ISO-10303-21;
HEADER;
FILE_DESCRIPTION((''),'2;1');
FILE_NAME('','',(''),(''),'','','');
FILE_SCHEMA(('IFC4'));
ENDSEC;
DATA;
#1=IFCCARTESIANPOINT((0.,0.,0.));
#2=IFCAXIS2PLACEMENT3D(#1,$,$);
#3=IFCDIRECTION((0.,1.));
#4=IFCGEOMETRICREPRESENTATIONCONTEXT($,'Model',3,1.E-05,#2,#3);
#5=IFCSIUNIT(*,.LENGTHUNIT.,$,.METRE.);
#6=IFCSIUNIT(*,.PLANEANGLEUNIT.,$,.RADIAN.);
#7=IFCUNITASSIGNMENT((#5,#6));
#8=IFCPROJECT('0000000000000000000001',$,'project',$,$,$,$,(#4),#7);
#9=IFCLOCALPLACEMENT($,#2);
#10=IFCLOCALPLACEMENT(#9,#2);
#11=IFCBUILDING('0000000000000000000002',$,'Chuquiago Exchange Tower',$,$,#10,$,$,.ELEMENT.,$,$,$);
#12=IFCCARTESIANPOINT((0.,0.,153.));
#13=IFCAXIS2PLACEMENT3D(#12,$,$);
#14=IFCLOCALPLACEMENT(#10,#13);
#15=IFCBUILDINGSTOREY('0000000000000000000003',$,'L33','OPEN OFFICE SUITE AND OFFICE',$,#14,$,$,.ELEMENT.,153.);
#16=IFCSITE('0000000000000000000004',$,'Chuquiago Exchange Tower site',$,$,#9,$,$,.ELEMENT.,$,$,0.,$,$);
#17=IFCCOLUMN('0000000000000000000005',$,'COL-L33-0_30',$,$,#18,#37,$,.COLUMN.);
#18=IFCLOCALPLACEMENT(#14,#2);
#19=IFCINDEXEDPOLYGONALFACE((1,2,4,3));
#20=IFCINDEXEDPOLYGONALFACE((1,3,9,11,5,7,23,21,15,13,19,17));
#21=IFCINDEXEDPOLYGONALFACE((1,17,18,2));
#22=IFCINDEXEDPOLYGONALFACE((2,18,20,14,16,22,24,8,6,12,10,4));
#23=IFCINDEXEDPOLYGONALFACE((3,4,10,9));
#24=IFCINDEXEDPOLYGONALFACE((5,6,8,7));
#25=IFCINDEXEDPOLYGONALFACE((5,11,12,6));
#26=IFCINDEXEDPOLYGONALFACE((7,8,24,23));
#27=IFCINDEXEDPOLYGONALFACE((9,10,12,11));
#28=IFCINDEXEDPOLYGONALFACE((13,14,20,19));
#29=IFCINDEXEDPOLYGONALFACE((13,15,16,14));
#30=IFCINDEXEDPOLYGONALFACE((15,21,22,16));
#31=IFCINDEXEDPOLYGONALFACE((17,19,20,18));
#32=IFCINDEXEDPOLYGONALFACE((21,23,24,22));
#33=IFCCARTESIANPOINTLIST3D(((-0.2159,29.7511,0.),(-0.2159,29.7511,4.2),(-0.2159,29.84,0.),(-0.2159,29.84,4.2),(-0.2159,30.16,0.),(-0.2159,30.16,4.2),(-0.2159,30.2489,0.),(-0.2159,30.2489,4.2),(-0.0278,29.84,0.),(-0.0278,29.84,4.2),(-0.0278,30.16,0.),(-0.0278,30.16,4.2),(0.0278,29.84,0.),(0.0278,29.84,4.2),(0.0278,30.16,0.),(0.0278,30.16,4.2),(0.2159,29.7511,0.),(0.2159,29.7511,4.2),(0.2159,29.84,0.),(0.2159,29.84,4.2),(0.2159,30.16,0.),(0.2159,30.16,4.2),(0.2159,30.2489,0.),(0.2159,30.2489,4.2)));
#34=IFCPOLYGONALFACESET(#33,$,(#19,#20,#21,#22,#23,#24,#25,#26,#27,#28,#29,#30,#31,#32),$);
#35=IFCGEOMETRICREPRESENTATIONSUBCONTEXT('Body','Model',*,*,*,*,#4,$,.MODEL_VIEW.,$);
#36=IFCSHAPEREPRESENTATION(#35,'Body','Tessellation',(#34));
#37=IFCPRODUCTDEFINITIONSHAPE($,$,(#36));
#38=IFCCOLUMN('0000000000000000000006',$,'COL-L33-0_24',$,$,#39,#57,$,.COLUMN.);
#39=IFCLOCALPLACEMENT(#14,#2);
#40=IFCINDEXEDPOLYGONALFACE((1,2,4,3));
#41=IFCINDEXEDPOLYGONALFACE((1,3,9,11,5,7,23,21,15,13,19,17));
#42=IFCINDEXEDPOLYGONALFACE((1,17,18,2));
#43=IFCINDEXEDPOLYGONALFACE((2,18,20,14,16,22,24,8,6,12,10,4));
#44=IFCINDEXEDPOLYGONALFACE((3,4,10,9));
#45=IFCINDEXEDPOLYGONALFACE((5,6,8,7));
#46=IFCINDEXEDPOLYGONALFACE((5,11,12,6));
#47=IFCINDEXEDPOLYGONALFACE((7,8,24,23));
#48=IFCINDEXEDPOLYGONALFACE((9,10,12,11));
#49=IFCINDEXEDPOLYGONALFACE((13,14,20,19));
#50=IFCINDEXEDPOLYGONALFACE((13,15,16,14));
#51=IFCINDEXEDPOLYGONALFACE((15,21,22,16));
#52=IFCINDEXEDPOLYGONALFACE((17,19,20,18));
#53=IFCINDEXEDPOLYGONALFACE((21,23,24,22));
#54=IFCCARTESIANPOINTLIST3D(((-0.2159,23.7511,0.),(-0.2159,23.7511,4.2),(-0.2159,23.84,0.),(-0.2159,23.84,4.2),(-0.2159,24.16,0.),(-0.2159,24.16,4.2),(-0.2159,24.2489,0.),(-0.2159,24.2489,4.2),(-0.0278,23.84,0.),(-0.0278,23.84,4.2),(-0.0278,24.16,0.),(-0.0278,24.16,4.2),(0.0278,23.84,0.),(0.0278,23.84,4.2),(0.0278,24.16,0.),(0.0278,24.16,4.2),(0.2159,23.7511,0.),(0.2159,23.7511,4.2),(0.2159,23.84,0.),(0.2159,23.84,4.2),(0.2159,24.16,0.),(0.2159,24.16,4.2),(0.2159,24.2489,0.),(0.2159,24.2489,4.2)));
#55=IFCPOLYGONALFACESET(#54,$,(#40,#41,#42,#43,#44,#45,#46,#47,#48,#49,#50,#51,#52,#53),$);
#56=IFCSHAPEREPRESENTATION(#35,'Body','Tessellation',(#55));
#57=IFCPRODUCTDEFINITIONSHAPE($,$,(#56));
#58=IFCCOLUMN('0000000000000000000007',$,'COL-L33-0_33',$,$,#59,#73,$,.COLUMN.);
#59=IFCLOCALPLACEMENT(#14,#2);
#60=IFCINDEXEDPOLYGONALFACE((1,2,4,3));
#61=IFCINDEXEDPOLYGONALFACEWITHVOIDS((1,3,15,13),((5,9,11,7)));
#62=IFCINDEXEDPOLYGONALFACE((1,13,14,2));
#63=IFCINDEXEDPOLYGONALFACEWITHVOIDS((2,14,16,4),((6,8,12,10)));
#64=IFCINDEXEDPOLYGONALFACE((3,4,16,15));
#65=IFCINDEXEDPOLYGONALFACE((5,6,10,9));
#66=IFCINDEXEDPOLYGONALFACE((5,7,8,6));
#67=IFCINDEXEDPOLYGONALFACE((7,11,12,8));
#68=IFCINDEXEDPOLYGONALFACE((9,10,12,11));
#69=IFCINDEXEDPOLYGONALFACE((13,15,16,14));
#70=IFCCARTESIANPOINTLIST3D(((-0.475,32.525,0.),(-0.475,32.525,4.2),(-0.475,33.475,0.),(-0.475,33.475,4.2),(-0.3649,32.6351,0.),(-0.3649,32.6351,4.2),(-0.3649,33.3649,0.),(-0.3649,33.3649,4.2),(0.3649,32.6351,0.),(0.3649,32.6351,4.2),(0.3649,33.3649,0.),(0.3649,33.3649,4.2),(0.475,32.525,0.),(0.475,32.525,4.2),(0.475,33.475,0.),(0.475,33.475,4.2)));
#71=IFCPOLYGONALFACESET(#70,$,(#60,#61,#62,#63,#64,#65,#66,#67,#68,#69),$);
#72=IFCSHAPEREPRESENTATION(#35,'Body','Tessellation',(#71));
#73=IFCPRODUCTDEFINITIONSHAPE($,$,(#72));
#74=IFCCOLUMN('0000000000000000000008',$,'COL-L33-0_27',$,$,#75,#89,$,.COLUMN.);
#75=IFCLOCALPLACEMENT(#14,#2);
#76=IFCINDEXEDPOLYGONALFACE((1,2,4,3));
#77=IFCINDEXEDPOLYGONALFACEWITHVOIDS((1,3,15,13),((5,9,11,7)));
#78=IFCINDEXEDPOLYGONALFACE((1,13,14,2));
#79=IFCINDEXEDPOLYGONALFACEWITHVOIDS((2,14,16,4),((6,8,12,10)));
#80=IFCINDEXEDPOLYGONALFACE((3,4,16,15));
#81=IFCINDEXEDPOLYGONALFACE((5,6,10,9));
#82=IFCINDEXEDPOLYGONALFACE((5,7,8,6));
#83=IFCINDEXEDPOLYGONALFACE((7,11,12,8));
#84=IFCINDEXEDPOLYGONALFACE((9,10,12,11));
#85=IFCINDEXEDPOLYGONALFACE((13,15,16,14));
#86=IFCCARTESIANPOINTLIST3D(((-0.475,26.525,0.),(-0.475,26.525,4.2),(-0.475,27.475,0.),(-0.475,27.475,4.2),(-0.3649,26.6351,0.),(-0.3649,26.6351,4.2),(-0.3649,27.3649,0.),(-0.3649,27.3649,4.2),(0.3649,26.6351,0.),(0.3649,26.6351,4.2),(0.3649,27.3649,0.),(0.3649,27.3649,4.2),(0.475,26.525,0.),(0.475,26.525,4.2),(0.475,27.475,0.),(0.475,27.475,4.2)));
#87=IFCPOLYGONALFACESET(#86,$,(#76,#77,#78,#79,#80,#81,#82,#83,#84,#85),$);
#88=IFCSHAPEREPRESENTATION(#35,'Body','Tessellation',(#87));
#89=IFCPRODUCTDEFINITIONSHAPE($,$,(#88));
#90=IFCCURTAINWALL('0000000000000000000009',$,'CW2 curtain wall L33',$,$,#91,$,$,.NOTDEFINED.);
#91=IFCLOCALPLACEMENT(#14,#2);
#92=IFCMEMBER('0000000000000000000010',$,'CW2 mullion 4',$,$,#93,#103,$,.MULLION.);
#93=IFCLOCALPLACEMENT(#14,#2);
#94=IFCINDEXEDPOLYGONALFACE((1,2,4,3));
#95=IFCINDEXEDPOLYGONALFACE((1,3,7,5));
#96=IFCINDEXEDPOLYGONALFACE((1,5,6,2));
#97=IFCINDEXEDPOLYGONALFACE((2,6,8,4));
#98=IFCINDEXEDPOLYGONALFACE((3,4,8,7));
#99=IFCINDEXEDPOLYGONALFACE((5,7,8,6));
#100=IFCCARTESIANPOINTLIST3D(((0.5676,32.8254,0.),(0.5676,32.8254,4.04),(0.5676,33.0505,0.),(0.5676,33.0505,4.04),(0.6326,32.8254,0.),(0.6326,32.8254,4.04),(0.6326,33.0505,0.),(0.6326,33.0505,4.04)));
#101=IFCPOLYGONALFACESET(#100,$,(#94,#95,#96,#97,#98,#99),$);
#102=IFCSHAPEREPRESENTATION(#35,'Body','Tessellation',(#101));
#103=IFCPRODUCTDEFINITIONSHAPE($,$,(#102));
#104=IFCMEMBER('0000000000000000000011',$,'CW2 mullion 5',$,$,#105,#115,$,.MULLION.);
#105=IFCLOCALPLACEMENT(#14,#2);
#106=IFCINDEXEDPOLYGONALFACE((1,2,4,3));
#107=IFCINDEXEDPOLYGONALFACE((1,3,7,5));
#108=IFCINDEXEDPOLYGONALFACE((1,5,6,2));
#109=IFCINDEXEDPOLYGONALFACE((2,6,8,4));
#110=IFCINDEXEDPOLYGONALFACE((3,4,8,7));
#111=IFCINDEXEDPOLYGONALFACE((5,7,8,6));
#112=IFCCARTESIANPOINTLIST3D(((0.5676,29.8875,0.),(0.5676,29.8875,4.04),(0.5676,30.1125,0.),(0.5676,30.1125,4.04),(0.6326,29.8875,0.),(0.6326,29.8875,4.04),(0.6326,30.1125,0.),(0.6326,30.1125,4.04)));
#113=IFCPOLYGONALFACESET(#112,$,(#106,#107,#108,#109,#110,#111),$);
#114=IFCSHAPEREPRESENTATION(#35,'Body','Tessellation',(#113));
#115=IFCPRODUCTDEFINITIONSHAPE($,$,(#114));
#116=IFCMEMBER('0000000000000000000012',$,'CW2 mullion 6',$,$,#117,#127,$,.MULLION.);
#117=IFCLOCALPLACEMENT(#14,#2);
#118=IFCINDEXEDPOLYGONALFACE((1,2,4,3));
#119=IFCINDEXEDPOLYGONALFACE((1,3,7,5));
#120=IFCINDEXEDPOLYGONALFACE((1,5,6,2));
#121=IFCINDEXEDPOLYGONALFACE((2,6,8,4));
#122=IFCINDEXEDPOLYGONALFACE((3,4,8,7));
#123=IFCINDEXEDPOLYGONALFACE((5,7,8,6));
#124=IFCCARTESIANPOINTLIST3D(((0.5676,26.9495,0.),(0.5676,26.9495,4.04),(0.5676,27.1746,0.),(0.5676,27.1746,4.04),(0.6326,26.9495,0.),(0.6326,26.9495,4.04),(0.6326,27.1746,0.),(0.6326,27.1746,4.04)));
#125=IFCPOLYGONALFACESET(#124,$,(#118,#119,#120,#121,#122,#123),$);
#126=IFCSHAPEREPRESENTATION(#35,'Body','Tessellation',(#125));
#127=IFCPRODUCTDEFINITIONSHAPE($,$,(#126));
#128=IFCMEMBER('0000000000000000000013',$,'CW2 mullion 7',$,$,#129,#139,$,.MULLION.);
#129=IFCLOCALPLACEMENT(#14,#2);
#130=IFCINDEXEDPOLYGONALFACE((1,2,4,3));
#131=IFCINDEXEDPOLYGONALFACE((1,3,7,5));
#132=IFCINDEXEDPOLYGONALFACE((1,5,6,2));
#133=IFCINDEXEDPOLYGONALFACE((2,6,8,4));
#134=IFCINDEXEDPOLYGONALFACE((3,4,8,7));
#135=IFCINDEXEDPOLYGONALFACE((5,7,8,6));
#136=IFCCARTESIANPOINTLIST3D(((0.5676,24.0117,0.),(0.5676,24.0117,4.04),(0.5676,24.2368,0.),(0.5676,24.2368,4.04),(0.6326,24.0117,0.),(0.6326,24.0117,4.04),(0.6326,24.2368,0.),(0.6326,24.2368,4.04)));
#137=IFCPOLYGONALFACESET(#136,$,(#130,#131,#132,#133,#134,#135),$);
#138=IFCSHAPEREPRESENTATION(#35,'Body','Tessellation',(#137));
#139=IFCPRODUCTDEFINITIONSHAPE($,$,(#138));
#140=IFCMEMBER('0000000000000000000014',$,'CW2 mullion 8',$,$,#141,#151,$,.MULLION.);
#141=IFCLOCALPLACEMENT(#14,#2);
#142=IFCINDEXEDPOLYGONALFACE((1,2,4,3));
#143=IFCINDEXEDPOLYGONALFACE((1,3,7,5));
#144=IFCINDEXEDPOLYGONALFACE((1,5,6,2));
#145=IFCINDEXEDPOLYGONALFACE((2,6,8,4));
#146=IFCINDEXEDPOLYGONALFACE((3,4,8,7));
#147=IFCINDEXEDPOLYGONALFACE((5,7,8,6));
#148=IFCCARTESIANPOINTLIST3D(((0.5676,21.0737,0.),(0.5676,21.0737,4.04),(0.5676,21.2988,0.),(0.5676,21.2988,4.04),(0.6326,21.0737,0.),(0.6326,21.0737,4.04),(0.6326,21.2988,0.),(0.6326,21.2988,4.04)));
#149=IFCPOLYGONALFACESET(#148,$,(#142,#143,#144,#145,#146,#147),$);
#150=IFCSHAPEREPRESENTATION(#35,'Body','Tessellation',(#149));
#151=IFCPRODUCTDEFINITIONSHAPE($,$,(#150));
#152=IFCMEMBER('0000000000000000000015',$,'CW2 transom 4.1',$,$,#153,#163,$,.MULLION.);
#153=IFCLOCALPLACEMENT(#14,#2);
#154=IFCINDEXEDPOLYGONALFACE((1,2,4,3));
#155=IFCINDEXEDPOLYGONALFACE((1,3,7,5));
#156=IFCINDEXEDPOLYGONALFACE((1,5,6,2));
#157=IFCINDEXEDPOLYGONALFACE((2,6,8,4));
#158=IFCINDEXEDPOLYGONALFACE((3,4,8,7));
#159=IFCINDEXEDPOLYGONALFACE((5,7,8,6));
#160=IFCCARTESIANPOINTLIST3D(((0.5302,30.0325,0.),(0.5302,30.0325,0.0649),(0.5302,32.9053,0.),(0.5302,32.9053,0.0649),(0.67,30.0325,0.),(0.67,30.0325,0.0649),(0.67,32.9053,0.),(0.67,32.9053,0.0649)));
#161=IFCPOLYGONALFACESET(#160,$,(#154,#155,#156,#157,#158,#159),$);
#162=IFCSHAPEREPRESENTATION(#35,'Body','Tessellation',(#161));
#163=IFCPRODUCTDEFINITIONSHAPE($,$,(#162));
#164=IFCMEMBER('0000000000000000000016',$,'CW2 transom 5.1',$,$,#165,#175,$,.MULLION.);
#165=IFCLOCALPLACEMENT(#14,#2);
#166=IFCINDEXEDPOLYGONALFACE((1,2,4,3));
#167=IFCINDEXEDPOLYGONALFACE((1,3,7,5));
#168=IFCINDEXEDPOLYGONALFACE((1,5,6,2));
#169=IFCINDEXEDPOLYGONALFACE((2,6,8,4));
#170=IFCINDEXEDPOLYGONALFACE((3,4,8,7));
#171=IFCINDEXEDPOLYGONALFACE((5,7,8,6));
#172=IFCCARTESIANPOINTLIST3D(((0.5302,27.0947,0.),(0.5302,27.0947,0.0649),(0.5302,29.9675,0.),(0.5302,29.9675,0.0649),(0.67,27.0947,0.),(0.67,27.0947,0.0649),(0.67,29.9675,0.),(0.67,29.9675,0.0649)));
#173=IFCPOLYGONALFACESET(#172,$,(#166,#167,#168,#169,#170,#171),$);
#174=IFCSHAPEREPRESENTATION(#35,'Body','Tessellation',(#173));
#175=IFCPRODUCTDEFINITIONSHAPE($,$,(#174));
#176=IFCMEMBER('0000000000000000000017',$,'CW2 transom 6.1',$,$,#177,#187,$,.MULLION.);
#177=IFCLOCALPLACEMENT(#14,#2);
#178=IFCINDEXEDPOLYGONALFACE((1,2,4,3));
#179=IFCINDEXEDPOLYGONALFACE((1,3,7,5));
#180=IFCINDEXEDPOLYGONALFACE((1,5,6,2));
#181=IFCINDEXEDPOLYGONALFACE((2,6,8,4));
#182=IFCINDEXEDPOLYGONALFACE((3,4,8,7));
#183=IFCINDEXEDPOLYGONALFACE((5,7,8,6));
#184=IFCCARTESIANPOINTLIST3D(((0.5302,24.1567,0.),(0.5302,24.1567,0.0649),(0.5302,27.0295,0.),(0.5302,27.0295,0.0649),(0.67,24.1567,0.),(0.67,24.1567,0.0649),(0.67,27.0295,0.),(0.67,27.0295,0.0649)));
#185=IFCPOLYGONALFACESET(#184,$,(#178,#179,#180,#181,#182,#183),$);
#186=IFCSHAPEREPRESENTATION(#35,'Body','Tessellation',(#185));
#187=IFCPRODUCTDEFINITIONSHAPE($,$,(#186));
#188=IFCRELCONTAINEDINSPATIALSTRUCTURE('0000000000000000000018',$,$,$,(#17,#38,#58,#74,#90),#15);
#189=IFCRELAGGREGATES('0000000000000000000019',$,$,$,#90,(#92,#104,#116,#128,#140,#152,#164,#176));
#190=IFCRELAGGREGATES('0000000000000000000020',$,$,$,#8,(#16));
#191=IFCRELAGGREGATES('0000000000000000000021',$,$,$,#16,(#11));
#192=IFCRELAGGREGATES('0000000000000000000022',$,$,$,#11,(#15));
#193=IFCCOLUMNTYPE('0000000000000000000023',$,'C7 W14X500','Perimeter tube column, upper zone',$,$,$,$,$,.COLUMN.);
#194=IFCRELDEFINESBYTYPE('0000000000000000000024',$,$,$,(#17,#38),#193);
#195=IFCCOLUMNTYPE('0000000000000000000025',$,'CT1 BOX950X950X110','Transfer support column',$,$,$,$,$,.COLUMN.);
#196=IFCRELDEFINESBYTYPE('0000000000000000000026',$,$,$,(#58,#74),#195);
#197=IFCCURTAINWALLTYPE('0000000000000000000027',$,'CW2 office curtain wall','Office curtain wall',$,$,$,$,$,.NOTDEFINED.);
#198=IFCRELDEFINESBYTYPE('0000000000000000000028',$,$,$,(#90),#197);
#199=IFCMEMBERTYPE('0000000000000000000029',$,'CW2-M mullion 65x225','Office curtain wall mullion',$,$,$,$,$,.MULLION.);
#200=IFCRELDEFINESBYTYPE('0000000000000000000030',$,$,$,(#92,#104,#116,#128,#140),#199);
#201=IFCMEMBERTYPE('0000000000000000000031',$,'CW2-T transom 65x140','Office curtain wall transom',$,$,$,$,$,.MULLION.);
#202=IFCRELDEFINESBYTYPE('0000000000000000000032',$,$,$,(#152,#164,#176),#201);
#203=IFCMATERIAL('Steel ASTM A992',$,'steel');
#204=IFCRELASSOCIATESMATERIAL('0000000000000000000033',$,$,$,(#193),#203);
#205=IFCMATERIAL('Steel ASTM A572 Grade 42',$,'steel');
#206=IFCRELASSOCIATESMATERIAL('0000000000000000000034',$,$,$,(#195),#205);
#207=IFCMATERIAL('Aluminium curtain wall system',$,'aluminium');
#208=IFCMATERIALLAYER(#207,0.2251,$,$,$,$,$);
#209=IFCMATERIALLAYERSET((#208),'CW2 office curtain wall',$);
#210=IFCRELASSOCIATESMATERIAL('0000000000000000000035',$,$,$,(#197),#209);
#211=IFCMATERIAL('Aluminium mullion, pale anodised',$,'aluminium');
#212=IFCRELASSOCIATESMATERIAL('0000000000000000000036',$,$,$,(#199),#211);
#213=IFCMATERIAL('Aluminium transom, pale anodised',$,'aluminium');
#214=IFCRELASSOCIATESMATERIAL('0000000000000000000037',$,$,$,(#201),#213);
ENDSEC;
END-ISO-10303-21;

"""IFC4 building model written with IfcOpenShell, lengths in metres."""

from ifc_helpers import new_model, si_unit, direction, frame, origin, origin_2d, place, context, subcontext, project, spatial, rectangle, hollow_rectangle, i_section, extrude, material, layer, layer_set, material_profile, profile_set, type_object, element, aggregate, save


model = new_model("IFC4")

# Units and contexts
model_context = context("Model", 3, precision=1e-05, world=origin(), true_north=direction((0.0, 1.0)))
body_context = subcontext(model_context, "Body", "Model", "MODEL_VIEW")
ifc_project = project(units=[si_unit("LENGTHUNIT", "METRE"), si_unit("PLANEANGLEUNIT", "RADIAN")], contexts=[model_context])

# Site, building, storey
site_placement = place(None, origin())
site = spatial("IfcSite", under=ifc_project, at=site_placement, Name="Chuquiago Exchange Tower site", CompositionType="ELEMENT", RefElevation=0.0)
building_placement = place(site_placement, origin())
building = spatial("IfcBuilding", under=site, at=building_placement, Name="Chuquiago Exchange Tower", CompositionType="ELEMENT")
storey_placement = place(building_placement, frame((0.0, 0.0, 153.0)))
storey = spatial("IfcBuildingStorey", under=building, at=storey_placement, Name="L33", Description="OPEN OFFICE SUITE AND OFFICE", CompositionType="ELEMENT", Elevation=153.0)

# Columns
ifc_material_1 = material(Name="Steel ASTM A992", Category="steel")
ifc_material_profile_1 = material_profile(ifc_material_1, i_section(OverallWidth=0.4319, OverallDepth=0.4978, WebThickness=0.0557, FlangeThickness=0.0889, at=origin_2d()), Name="W14X500")
ifc_profile_set_1 = profile_set([ifc_material_profile_1], Name="Steel ASTM A992")
column_type_1 = type_object("IfcColumnType", Name="C7 W14X500", Description="Perimeter tube column, upper zone", PredefinedType="COLUMN", material=ifc_profile_set_1)
for number, where, z_axis, x_axis, name in (
    (1, (0.0, 30.0, 0.0), (0.0, 0.0, 1.0), (-1.0, 0.0, 0.0), "COL-L33-0_30"),
    (2, (0.0, 24.0, 0.0), (0.0, 0.0, 1.0), (-1.0, 0.0, 0.0), "COL-L33-0_24"),
):
    element("IfcColumn", number, at=place(storey_placement, frame(where, z_axis=z_axis, x_axis=x_axis)), inside=storey, type_object=column_type_1, Name=name, PredefinedType="COLUMN", context=body_context, shape_type="SweptSolid", body=[
        extrude(i_section(OverallWidth=0.4319, OverallDepth=0.4978, WebThickness=0.0557, FlangeThickness=0.0889, at=origin_2d()), origin(), (0.0, 0.0, 1.0), 4.2),
    ])
ifc_material_2 = material(Name="Steel ASTM A572 Grade 42", Category="steel")
ifc_material_profile_2 = material_profile(ifc_material_2, hollow_rectangle(XDim=0.95, YDim=0.95, WallThickness=0.1101, at=origin_2d()), Name="BOX950X950X110")
ifc_profile_set_2 = profile_set([ifc_material_profile_2], Name="Steel ASTM A572 Grade 42")
column_type_2 = type_object("IfcColumnType", Name="CT1 BOX950X950X110", Description="Transfer support column", PredefinedType="COLUMN", material=ifc_profile_set_2)
for number, where, z_axis, x_axis, name in (
    (3, (0.0, 33.0, 0.0), (0.0, 0.0, 1.0), (-1.0, 0.0, 0.0), "COL-L33-0_33"),
    (4, (0.0, 27.0, 0.0), (0.0, 0.0, 1.0), (-1.0, 0.0, 0.0), "COL-L33-0_27"),
):
    element("IfcColumn", number, at=place(storey_placement, frame(where, z_axis=z_axis, x_axis=x_axis)), inside=storey, type_object=column_type_2, Name=name, PredefinedType="COLUMN", context=body_context, shape_type="SweptSolid", body=[
        extrude(hollow_rectangle(XDim=0.95, YDim=0.95, WallThickness=0.1101, at=origin_2d()), origin(), (0.0, 0.0, 1.0), 4.2),
    ])

# Curtain wall, members
ifc_material_3 = material(Name="Aluminium curtain wall system", Category="aluminium")
ifc_layer_1 = layer(ifc_material_3, 0.2251)
ifc_layer_set_1 = layer_set([ifc_layer_1], Name="CW2 office curtain wall")
curtain_wall_type = type_object("IfcCurtainWallType", Name="CW2 office curtain wall", Description="Office curtain wall", PredefinedType="NOTDEFINED", material=ifc_layer_set_1)
curtain_wall_placement = place(storey_placement, origin())
curtain_wall = element("IfcCurtainWall", 5, at=curtain_wall_placement, inside=storey, type_object=curtain_wall_type, Name="CW2 curtain wall L33", PredefinedType="NOTDEFINED")
ifc_material_4 = material(Name="Aluminium mullion, pale anodised", Category="aluminium")
ifc_material_profile_3 = material_profile(ifc_material_4, rectangle(XDim=0.0649, YDim=0.2251, at=origin_2d()), Name="AL 65x225")
ifc_profile_set_3 = profile_set([ifc_material_profile_3], Name="Aluminium mullion, pale anodised")
member_type_1 = type_object("IfcMemberType", Name="CW2-M mullion 65x225", Description="Office curtain wall mullion", PredefinedType="MULLION", material=ifc_profile_set_3)
member_1_placement = place(storey_placement, frame((0.6001, 32.938, 0.0), z_axis=(0.0, 0.0, 1.0), x_axis=(1.0, 0.0, 0.0)))
member_1 = element("IfcMember", 6, at=member_1_placement, type_object=member_type_1, Name="CW2 mullion 4", PredefinedType="MULLION", context=body_context, shape_type="SweptSolid", body=[
    extrude(rectangle(XDim=0.0649, YDim=0.2251, at=origin_2d()), origin(), (0.0, 0.0, 1.0), 4.04),
])
member_2_placement = place(storey_placement, frame((0.6001, 30.0, 0.0), z_axis=(0.0, 0.0, 1.0), x_axis=(1.0, 0.0, 0.0)))
member_2 = element("IfcMember", 7, at=member_2_placement, type_object=member_type_1, Name="CW2 mullion 5", PredefinedType="MULLION", context=body_context, shape_type="SweptSolid", body=[
    extrude(rectangle(XDim=0.0649, YDim=0.2251, at=origin_2d()), origin(), (0.0, 0.0, 1.0), 4.04),
])
member_3_placement = place(storey_placement, frame((0.6001, 27.062, 0.0), z_axis=(0.0, 0.0, 1.0), x_axis=(1.0, 0.0, 0.0)))
member_3 = element("IfcMember", 8, at=member_3_placement, type_object=member_type_1, Name="CW2 mullion 6", PredefinedType="MULLION", context=body_context, shape_type="SweptSolid", body=[
    extrude(rectangle(XDim=0.0649, YDim=0.2251, at=origin_2d()), origin(), (0.0, 0.0, 1.0), 4.04),
])
member_4_placement = place(storey_placement, frame((0.6001, 24.1243, 0.0), z_axis=(0.0, 0.0, 1.0), x_axis=(1.0, 0.0, 0.0)))
member_4 = element("IfcMember", 9, at=member_4_placement, type_object=member_type_1, Name="CW2 mullion 7", PredefinedType="MULLION", context=body_context, shape_type="SweptSolid", body=[
    extrude(rectangle(XDim=0.0649, YDim=0.2251, at=origin_2d()), origin(), (0.0, 0.0, 1.0), 4.04),
])
member_5_placement = place(storey_placement, frame((0.6001, 21.1863, 0.0), z_axis=(0.0, 0.0, 1.0), x_axis=(1.0, 0.0, 0.0)))
member_5 = element("IfcMember", 10, at=member_5_placement, type_object=member_type_1, Name="CW2 mullion 8", PredefinedType="MULLION", context=body_context, shape_type="SweptSolid", body=[
    extrude(rectangle(XDim=0.0649, YDim=0.2251, at=origin_2d()), origin(), (0.0, 0.0, 1.0), 4.04),
])
ifc_material_5 = material(Name="Aluminium transom, pale anodised", Category="aluminium")
ifc_material_profile_4 = material_profile(ifc_material_5, rectangle(XDim=0.1399, YDim=0.0649, at=origin_2d()), Name="AL 140x65")
ifc_profile_set_4 = profile_set([ifc_material_profile_4], Name="Aluminium transom, pale anodised")
member_type_2 = type_object("IfcMemberType", Name="CW2-T transom 65x140", Description="Office curtain wall transom", PredefinedType="MULLION", material=ifc_profile_set_4)
member_6_placement = place(storey_placement, frame((0.6001, 32.9053, 0.0325), z_axis=(0.0, -1.0, 0.0), x_axis=(1.0, 0.0, 0.0)))
member_6 = element("IfcMember", 11, at=member_6_placement, type_object=member_type_2, Name="CW2 transom 4.1", PredefinedType="MULLION", context=body_context, shape_type="SweptSolid", body=[
    extrude(rectangle(XDim=0.1399, YDim=0.0649, at=origin_2d()), origin(), (0.0, 0.0, 1.0), 2.8728),
])
member_7_placement = place(storey_placement, frame((0.6001, 29.9675, 0.0325), z_axis=(0.0, -1.0, 0.0), x_axis=(1.0, 0.0, 0.0)))
member_7 = element("IfcMember", 12, at=member_7_placement, type_object=member_type_2, Name="CW2 transom 5.1", PredefinedType="MULLION", context=body_context, shape_type="SweptSolid", body=[
    extrude(rectangle(XDim=0.1399, YDim=0.0649, at=origin_2d()), origin(), (0.0, 0.0, 1.0), 2.8728),
])
member_8_placement = place(storey_placement, frame((0.6001, 27.0295, 0.0325), z_axis=(0.0, -1.0, 0.0), x_axis=(1.0, 0.0, 0.0)))
member_8 = element("IfcMember", 13, at=member_8_placement, type_object=member_type_2, Name="CW2 transom 6.1", PredefinedType="MULLION", context=body_context, shape_type="SweptSolid", body=[
    extrude(rectangle(XDim=0.1399, YDim=0.0649, at=origin_2d()), origin(), (0.0, 0.0, 1.0), 2.8728),
])

aggregate(curtain_wall, [member_1, member_2, member_3, member_4, member_5, member_6, member_7, member_8])

save(model, "model.ifc")
